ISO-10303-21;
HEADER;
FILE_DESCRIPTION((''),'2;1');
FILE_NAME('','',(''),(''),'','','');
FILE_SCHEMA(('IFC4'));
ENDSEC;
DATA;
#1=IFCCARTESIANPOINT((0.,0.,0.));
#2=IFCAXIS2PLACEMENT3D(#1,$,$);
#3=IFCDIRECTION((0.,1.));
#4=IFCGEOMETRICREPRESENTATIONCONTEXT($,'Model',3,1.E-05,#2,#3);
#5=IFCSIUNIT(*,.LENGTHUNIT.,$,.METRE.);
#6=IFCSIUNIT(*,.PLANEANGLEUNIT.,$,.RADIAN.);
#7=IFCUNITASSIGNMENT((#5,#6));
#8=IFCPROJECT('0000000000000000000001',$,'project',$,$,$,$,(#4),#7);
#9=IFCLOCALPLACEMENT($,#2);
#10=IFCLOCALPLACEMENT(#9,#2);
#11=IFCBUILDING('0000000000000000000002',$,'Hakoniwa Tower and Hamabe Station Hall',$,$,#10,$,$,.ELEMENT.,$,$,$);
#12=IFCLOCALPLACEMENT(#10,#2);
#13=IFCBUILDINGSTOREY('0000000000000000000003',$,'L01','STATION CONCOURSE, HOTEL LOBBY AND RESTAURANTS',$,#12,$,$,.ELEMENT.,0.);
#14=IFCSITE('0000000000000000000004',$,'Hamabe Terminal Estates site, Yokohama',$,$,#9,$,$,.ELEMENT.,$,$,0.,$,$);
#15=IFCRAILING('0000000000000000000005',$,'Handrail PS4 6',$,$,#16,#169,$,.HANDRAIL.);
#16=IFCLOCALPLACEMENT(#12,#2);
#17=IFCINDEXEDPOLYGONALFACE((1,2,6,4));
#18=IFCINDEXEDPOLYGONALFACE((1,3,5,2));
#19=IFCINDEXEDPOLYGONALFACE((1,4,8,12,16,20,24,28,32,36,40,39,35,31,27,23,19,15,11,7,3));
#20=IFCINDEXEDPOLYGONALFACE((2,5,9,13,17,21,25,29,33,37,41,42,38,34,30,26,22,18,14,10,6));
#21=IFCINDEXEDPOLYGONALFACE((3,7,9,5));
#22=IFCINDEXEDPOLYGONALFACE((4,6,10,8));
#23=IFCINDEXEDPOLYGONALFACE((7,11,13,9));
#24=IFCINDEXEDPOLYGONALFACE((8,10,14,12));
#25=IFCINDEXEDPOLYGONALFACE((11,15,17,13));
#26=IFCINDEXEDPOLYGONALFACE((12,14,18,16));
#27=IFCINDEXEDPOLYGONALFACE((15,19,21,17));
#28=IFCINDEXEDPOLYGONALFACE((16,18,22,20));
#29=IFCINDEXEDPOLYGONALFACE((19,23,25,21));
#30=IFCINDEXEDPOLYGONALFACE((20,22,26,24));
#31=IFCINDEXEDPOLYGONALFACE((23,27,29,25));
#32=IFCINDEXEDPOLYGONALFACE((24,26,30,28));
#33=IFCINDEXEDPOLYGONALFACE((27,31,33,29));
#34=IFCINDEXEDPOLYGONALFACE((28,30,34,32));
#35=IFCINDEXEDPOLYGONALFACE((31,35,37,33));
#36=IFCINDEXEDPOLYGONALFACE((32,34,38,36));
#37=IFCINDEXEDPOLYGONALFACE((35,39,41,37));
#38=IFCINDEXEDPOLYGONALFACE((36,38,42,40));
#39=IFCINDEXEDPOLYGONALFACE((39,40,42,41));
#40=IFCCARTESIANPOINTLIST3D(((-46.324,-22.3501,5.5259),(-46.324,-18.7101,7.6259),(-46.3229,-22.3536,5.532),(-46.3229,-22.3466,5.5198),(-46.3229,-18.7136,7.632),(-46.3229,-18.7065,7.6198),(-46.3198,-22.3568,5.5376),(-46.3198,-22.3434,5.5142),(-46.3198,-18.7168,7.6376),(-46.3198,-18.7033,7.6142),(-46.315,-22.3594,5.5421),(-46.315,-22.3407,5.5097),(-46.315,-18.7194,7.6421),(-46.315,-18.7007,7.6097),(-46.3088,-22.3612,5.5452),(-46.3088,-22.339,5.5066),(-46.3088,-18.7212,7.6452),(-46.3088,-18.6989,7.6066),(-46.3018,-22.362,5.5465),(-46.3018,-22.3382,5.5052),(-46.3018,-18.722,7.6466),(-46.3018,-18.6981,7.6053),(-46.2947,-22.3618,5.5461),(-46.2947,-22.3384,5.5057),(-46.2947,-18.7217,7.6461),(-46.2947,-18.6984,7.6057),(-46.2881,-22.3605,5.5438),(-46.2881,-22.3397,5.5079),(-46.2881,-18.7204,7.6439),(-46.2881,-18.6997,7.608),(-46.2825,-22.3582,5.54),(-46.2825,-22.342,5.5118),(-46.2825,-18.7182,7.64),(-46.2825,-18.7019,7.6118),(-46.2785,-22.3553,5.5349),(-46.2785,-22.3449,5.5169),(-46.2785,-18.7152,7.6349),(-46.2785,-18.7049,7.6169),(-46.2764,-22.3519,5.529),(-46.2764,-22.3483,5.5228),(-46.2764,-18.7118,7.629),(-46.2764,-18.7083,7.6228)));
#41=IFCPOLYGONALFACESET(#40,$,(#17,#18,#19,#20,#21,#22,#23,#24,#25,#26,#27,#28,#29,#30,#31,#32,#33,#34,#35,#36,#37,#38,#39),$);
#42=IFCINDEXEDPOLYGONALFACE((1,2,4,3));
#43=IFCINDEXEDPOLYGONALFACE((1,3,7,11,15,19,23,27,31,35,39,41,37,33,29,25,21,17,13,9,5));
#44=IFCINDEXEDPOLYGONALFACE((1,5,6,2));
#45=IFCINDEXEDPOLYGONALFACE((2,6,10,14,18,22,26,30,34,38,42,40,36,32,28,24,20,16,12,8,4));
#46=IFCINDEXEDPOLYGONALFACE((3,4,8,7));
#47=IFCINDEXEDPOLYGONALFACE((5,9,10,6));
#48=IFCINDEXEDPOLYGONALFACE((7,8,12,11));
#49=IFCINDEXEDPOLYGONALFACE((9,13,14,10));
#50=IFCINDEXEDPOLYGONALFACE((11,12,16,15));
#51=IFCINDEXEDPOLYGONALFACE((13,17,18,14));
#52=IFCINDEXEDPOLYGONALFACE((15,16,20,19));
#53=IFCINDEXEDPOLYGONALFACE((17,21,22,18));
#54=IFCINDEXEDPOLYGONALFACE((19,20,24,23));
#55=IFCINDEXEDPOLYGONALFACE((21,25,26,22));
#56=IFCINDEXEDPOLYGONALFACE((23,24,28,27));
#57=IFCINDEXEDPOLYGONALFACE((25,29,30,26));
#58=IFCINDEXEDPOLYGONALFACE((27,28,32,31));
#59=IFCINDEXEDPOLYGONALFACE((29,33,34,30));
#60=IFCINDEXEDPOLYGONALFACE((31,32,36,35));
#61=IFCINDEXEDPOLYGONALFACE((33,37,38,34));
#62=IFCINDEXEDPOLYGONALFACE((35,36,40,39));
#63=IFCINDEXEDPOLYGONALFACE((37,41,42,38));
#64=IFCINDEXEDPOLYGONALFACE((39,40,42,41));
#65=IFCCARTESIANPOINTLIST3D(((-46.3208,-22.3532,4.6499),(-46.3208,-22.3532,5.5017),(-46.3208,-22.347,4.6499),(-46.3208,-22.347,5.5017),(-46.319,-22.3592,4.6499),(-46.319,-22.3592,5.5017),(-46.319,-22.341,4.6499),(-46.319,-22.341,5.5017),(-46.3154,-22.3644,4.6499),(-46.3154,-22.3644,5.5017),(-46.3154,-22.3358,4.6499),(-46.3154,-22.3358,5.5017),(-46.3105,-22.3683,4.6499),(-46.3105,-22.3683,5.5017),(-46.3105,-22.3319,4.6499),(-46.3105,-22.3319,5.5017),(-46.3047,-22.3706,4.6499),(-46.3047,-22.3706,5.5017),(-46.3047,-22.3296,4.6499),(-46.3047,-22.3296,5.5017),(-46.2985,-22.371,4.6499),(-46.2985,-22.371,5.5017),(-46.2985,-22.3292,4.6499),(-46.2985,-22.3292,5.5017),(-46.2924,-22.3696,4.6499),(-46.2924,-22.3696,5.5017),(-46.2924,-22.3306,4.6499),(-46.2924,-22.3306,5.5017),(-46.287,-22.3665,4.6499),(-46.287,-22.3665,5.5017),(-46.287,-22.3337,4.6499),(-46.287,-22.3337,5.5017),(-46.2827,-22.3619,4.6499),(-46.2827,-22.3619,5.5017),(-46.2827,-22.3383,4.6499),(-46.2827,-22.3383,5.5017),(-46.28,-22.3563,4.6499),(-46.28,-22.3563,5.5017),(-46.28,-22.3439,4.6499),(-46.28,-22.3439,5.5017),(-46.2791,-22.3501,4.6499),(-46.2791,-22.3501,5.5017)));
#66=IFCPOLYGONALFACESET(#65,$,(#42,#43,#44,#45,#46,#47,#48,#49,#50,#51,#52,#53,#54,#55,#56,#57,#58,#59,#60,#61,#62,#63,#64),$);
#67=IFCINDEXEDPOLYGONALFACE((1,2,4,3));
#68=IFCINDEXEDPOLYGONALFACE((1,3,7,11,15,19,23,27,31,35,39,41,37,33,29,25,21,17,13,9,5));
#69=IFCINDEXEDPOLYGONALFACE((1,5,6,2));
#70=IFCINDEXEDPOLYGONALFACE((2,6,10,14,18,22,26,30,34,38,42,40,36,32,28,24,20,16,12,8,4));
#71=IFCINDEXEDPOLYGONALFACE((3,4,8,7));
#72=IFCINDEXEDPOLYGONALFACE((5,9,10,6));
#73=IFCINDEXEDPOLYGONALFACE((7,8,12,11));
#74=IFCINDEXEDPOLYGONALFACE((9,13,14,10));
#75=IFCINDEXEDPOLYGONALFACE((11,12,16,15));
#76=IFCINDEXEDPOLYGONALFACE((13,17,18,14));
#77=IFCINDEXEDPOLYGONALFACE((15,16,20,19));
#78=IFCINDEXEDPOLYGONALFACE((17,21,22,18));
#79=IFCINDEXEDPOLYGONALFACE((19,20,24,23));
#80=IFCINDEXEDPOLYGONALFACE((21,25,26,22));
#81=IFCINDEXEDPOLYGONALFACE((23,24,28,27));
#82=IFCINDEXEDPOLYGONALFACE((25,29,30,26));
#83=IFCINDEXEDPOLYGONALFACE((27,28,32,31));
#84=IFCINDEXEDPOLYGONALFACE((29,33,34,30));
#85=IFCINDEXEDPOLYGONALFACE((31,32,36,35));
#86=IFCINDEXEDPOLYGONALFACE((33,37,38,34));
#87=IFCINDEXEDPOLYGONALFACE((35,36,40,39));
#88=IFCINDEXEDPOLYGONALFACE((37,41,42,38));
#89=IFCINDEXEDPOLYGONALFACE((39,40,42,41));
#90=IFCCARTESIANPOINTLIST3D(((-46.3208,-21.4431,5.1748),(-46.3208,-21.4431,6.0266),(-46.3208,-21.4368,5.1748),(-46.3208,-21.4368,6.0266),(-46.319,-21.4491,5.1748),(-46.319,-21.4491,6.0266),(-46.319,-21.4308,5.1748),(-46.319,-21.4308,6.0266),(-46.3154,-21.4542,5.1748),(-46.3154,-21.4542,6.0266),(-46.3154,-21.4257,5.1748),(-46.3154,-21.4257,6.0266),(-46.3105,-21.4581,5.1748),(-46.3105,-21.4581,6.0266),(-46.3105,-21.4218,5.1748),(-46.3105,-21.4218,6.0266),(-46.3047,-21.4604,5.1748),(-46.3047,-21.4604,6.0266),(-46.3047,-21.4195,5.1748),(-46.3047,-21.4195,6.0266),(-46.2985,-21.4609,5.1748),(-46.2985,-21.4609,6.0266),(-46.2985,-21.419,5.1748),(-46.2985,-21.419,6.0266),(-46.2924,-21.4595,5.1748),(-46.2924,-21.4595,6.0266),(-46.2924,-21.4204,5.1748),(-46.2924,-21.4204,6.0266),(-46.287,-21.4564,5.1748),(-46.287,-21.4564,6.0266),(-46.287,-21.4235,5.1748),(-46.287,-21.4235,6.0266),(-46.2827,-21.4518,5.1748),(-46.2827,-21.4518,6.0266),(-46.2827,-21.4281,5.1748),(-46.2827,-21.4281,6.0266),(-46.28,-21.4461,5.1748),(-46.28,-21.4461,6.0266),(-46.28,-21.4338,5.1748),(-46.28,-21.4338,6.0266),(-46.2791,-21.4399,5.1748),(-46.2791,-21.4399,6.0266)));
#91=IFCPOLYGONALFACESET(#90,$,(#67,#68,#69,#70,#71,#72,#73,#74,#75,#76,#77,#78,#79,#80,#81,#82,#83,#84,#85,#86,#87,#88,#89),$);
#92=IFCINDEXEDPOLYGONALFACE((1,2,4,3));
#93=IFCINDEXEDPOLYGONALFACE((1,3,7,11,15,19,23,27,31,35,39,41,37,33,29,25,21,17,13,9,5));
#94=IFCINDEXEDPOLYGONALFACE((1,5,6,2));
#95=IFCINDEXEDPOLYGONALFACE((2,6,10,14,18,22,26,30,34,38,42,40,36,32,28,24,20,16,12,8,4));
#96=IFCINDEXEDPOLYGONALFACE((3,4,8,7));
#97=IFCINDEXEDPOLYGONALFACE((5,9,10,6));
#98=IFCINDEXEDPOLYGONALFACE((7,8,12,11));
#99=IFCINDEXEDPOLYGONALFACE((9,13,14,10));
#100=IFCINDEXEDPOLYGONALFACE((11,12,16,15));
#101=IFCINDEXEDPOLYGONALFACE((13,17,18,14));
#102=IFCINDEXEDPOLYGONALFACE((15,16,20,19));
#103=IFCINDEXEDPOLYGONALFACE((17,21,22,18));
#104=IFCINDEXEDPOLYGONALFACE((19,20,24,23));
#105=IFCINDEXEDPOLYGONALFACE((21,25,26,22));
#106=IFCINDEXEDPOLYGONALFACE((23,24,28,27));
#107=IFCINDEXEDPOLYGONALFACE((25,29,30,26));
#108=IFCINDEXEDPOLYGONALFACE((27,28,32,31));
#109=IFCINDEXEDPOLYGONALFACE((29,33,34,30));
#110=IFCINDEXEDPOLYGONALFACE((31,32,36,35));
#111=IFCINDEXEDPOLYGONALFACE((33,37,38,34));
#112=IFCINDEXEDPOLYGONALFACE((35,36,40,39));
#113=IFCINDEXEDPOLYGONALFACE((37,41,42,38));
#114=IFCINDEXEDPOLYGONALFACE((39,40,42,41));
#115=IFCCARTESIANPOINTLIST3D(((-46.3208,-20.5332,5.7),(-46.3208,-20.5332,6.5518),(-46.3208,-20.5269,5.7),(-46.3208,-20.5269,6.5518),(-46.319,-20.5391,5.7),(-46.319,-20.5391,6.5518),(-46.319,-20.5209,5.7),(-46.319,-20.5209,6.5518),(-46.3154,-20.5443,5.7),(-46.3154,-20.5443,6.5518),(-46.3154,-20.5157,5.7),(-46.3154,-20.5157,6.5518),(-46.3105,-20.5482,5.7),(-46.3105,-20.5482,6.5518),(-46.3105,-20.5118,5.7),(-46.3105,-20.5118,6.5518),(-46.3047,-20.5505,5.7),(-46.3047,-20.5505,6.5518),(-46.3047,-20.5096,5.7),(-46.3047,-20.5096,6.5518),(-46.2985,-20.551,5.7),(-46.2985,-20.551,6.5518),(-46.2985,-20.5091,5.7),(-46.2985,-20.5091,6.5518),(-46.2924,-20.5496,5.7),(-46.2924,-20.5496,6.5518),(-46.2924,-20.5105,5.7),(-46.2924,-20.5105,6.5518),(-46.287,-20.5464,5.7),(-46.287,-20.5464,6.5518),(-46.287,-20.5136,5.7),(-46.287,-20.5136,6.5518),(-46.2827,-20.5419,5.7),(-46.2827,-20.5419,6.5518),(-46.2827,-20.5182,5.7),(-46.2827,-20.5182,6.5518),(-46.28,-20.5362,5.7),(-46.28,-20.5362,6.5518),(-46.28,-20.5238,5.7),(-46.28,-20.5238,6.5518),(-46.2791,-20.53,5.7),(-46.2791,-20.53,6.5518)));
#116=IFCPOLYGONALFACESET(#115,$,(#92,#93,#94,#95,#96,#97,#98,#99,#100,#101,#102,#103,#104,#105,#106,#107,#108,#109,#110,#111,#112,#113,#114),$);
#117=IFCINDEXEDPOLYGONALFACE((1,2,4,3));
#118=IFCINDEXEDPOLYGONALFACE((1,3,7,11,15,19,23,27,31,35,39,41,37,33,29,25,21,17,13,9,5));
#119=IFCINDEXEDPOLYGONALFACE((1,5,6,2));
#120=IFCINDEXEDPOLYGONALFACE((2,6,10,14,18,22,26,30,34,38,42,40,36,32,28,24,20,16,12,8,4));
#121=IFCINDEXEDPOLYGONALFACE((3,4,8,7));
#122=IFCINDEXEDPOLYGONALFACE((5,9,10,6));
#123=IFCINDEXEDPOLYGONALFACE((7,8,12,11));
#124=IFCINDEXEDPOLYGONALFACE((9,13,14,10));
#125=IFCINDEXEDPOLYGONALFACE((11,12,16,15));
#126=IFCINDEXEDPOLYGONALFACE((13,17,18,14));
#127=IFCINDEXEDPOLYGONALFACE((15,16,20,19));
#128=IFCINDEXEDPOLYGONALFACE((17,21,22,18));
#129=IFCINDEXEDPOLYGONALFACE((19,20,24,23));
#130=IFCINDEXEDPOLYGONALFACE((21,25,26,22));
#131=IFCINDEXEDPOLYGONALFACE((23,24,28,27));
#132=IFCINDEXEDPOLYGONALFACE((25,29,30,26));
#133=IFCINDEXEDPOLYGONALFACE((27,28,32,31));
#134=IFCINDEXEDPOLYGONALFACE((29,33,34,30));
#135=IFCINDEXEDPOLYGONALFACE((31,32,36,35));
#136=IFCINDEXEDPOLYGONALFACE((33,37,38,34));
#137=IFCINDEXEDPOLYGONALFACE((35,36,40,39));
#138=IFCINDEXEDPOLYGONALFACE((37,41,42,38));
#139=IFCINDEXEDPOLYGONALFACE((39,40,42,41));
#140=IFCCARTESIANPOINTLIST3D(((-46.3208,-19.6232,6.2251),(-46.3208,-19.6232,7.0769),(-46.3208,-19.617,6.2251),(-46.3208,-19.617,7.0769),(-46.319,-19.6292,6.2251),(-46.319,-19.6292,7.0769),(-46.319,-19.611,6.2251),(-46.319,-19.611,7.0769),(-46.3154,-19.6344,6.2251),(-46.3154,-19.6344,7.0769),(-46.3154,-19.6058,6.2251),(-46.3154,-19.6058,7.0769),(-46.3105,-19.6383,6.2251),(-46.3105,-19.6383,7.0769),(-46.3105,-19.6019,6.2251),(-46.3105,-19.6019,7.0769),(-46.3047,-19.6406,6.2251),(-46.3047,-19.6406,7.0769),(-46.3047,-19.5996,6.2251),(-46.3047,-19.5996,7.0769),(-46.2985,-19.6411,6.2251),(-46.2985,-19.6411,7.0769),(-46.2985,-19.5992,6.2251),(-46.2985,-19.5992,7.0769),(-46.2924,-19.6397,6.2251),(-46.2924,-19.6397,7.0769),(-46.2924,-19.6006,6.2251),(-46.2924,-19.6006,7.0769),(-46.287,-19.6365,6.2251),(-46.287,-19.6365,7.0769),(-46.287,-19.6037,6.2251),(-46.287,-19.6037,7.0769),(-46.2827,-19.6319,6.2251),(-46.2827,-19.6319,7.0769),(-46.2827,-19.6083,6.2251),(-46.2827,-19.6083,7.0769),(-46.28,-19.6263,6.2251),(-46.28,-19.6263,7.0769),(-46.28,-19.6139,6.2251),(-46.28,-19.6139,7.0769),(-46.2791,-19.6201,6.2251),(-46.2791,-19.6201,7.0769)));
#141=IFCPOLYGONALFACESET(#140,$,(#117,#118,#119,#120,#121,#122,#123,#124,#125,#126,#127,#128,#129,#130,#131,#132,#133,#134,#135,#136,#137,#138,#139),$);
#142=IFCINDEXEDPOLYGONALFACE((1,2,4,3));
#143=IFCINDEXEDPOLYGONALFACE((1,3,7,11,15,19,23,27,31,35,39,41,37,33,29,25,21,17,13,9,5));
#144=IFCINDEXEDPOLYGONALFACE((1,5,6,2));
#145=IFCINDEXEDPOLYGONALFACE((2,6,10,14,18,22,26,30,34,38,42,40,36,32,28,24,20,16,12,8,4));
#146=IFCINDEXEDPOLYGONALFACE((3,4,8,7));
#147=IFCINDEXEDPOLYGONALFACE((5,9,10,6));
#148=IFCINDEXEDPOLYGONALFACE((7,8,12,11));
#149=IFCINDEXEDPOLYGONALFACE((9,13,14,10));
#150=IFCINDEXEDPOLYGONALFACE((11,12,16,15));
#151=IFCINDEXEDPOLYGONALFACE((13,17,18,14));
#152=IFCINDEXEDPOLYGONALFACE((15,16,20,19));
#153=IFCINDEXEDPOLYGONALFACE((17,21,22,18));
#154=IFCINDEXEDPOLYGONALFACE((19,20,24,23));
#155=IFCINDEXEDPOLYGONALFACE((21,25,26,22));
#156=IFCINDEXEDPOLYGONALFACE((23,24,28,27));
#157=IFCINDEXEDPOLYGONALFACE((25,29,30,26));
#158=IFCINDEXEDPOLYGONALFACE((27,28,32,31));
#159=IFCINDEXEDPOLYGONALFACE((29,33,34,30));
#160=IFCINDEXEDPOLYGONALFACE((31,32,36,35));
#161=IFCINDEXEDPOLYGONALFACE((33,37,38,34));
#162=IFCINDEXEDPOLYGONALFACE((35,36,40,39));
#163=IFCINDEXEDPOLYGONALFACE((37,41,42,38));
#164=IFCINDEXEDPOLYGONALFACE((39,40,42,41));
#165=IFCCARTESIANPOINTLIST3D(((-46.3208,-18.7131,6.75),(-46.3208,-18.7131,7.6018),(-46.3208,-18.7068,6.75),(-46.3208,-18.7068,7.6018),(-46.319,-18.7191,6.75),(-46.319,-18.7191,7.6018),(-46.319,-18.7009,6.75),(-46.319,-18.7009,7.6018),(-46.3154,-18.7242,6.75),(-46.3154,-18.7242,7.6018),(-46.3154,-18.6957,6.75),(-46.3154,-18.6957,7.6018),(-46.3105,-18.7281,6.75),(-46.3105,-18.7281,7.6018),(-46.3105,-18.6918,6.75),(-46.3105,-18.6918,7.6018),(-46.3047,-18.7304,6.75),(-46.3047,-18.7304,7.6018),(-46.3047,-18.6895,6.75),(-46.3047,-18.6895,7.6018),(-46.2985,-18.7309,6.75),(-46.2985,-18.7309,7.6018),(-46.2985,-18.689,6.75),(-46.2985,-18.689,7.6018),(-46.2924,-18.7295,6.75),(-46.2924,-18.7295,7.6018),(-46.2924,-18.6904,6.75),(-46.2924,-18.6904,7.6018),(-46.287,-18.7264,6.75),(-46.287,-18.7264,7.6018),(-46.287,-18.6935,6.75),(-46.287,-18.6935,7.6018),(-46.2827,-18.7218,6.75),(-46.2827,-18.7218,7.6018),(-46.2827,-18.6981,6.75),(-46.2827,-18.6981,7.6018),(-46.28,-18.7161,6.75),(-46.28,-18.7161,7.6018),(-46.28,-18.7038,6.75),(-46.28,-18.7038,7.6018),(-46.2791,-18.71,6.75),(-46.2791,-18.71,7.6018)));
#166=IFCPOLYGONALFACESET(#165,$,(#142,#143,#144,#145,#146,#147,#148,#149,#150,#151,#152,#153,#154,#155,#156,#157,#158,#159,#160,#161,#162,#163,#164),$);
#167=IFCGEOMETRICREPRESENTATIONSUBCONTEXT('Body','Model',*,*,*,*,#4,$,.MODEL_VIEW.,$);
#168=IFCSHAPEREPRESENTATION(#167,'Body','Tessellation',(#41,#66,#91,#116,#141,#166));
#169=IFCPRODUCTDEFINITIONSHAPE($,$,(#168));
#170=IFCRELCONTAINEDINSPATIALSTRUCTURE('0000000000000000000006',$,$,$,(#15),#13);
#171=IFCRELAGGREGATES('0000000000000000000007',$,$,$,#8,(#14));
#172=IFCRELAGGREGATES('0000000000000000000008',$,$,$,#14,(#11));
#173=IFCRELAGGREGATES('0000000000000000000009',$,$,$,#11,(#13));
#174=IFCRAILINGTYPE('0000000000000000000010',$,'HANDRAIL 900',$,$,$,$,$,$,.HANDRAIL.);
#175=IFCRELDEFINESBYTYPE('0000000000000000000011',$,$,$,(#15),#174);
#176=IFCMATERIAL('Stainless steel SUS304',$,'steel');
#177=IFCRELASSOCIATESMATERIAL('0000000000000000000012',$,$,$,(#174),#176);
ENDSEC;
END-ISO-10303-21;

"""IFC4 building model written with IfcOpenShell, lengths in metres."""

from ifc_helpers import new_model, si_unit, direction, frame, origin, origin_2d, place, context, subcontext, project, spatial, circle, extrude, material, type_object, element, save


model = new_model("IFC4")

# Units and contexts
model_context = context("Model", 3, precision=1e-05, world=origin(), true_north=direction((0.0, 1.0)))
body_context = subcontext(model_context, "Body", "Model", "MODEL_VIEW")
ifc_project = project(units=[si_unit("LENGTHUNIT", "METRE"), si_unit("PLANEANGLEUNIT", "RADIAN")], contexts=[model_context])

# Site, building, storey
site_placement = place(None, origin())
site = spatial("IfcSite", under=ifc_project, at=site_placement, Name="Hamabe Terminal Estates site, Yokohama", CompositionType="ELEMENT", RefElevation=0.0)
building_placement = place(site_placement, origin())
building = spatial("IfcBuilding", under=site, at=building_placement, Name="Hakoniwa Tower and Hamabe Station Hall", CompositionType="ELEMENT")
storey_placement = place(building_placement, origin())
storey = spatial("IfcBuildingStorey", under=building, at=storey_placement, Name="L01", Description="STATION CONCOURSE, HOTEL LOBBY AND RESTAURANTS", CompositionType="ELEMENT", Elevation=0.0)

# Railing
ifc_material_1 = material(Name="Stainless steel SUS304", Category="steel")
railing_type = type_object("IfcRailingType", Name="HANDRAIL 900", PredefinedType="HANDRAIL", material=ifc_material_1)
railing_1_placement = place(storey_placement, frame((-46.3, -22.3501, 4.6499)))
element("IfcRailing", 1, at=railing_1_placement, inside=storey, type_object=railing_type, Name="Handrail PS4 6", PredefinedType="HANDRAIL", context=body_context, shape_type="SweptSolid", body=[
    extrude(circle(Radius=0.0239, at=origin_2d()), frame((0.0, 0.0, 0.876), z_axis=(0.0, 0.866184, 0.499726), x_axis=(-1.0, 0.0, 0.0)), (0.0, 0.0, 1.0), 4.2024),
    extrude(circle(Radius=0.021, at=origin_2d()), origin(), (0.0, 0.0, 1.0), 0.8518),
    extrude(circle(Radius=0.021, at=origin_2d()), frame((0.0, 0.9102, 0.5249)), (0.0, 0.0, 1.0), 0.8518),
    extrude(circle(Radius=0.021, at=origin_2d()), frame((0.0, 1.8201, 1.05)), (0.0, 0.0, 1.0), 0.8518),
    extrude(circle(Radius=0.021, at=origin_2d()), frame((0.0, 2.73, 1.5752)), (0.0, 0.0, 1.0), 0.8518),
    extrude(circle(Radius=0.021, at=origin_2d()), frame((0.0, 3.6401, 2.1001)), (0.0, 0.0, 1.0), 0.8518),
])

save(model, "model.ifc")
